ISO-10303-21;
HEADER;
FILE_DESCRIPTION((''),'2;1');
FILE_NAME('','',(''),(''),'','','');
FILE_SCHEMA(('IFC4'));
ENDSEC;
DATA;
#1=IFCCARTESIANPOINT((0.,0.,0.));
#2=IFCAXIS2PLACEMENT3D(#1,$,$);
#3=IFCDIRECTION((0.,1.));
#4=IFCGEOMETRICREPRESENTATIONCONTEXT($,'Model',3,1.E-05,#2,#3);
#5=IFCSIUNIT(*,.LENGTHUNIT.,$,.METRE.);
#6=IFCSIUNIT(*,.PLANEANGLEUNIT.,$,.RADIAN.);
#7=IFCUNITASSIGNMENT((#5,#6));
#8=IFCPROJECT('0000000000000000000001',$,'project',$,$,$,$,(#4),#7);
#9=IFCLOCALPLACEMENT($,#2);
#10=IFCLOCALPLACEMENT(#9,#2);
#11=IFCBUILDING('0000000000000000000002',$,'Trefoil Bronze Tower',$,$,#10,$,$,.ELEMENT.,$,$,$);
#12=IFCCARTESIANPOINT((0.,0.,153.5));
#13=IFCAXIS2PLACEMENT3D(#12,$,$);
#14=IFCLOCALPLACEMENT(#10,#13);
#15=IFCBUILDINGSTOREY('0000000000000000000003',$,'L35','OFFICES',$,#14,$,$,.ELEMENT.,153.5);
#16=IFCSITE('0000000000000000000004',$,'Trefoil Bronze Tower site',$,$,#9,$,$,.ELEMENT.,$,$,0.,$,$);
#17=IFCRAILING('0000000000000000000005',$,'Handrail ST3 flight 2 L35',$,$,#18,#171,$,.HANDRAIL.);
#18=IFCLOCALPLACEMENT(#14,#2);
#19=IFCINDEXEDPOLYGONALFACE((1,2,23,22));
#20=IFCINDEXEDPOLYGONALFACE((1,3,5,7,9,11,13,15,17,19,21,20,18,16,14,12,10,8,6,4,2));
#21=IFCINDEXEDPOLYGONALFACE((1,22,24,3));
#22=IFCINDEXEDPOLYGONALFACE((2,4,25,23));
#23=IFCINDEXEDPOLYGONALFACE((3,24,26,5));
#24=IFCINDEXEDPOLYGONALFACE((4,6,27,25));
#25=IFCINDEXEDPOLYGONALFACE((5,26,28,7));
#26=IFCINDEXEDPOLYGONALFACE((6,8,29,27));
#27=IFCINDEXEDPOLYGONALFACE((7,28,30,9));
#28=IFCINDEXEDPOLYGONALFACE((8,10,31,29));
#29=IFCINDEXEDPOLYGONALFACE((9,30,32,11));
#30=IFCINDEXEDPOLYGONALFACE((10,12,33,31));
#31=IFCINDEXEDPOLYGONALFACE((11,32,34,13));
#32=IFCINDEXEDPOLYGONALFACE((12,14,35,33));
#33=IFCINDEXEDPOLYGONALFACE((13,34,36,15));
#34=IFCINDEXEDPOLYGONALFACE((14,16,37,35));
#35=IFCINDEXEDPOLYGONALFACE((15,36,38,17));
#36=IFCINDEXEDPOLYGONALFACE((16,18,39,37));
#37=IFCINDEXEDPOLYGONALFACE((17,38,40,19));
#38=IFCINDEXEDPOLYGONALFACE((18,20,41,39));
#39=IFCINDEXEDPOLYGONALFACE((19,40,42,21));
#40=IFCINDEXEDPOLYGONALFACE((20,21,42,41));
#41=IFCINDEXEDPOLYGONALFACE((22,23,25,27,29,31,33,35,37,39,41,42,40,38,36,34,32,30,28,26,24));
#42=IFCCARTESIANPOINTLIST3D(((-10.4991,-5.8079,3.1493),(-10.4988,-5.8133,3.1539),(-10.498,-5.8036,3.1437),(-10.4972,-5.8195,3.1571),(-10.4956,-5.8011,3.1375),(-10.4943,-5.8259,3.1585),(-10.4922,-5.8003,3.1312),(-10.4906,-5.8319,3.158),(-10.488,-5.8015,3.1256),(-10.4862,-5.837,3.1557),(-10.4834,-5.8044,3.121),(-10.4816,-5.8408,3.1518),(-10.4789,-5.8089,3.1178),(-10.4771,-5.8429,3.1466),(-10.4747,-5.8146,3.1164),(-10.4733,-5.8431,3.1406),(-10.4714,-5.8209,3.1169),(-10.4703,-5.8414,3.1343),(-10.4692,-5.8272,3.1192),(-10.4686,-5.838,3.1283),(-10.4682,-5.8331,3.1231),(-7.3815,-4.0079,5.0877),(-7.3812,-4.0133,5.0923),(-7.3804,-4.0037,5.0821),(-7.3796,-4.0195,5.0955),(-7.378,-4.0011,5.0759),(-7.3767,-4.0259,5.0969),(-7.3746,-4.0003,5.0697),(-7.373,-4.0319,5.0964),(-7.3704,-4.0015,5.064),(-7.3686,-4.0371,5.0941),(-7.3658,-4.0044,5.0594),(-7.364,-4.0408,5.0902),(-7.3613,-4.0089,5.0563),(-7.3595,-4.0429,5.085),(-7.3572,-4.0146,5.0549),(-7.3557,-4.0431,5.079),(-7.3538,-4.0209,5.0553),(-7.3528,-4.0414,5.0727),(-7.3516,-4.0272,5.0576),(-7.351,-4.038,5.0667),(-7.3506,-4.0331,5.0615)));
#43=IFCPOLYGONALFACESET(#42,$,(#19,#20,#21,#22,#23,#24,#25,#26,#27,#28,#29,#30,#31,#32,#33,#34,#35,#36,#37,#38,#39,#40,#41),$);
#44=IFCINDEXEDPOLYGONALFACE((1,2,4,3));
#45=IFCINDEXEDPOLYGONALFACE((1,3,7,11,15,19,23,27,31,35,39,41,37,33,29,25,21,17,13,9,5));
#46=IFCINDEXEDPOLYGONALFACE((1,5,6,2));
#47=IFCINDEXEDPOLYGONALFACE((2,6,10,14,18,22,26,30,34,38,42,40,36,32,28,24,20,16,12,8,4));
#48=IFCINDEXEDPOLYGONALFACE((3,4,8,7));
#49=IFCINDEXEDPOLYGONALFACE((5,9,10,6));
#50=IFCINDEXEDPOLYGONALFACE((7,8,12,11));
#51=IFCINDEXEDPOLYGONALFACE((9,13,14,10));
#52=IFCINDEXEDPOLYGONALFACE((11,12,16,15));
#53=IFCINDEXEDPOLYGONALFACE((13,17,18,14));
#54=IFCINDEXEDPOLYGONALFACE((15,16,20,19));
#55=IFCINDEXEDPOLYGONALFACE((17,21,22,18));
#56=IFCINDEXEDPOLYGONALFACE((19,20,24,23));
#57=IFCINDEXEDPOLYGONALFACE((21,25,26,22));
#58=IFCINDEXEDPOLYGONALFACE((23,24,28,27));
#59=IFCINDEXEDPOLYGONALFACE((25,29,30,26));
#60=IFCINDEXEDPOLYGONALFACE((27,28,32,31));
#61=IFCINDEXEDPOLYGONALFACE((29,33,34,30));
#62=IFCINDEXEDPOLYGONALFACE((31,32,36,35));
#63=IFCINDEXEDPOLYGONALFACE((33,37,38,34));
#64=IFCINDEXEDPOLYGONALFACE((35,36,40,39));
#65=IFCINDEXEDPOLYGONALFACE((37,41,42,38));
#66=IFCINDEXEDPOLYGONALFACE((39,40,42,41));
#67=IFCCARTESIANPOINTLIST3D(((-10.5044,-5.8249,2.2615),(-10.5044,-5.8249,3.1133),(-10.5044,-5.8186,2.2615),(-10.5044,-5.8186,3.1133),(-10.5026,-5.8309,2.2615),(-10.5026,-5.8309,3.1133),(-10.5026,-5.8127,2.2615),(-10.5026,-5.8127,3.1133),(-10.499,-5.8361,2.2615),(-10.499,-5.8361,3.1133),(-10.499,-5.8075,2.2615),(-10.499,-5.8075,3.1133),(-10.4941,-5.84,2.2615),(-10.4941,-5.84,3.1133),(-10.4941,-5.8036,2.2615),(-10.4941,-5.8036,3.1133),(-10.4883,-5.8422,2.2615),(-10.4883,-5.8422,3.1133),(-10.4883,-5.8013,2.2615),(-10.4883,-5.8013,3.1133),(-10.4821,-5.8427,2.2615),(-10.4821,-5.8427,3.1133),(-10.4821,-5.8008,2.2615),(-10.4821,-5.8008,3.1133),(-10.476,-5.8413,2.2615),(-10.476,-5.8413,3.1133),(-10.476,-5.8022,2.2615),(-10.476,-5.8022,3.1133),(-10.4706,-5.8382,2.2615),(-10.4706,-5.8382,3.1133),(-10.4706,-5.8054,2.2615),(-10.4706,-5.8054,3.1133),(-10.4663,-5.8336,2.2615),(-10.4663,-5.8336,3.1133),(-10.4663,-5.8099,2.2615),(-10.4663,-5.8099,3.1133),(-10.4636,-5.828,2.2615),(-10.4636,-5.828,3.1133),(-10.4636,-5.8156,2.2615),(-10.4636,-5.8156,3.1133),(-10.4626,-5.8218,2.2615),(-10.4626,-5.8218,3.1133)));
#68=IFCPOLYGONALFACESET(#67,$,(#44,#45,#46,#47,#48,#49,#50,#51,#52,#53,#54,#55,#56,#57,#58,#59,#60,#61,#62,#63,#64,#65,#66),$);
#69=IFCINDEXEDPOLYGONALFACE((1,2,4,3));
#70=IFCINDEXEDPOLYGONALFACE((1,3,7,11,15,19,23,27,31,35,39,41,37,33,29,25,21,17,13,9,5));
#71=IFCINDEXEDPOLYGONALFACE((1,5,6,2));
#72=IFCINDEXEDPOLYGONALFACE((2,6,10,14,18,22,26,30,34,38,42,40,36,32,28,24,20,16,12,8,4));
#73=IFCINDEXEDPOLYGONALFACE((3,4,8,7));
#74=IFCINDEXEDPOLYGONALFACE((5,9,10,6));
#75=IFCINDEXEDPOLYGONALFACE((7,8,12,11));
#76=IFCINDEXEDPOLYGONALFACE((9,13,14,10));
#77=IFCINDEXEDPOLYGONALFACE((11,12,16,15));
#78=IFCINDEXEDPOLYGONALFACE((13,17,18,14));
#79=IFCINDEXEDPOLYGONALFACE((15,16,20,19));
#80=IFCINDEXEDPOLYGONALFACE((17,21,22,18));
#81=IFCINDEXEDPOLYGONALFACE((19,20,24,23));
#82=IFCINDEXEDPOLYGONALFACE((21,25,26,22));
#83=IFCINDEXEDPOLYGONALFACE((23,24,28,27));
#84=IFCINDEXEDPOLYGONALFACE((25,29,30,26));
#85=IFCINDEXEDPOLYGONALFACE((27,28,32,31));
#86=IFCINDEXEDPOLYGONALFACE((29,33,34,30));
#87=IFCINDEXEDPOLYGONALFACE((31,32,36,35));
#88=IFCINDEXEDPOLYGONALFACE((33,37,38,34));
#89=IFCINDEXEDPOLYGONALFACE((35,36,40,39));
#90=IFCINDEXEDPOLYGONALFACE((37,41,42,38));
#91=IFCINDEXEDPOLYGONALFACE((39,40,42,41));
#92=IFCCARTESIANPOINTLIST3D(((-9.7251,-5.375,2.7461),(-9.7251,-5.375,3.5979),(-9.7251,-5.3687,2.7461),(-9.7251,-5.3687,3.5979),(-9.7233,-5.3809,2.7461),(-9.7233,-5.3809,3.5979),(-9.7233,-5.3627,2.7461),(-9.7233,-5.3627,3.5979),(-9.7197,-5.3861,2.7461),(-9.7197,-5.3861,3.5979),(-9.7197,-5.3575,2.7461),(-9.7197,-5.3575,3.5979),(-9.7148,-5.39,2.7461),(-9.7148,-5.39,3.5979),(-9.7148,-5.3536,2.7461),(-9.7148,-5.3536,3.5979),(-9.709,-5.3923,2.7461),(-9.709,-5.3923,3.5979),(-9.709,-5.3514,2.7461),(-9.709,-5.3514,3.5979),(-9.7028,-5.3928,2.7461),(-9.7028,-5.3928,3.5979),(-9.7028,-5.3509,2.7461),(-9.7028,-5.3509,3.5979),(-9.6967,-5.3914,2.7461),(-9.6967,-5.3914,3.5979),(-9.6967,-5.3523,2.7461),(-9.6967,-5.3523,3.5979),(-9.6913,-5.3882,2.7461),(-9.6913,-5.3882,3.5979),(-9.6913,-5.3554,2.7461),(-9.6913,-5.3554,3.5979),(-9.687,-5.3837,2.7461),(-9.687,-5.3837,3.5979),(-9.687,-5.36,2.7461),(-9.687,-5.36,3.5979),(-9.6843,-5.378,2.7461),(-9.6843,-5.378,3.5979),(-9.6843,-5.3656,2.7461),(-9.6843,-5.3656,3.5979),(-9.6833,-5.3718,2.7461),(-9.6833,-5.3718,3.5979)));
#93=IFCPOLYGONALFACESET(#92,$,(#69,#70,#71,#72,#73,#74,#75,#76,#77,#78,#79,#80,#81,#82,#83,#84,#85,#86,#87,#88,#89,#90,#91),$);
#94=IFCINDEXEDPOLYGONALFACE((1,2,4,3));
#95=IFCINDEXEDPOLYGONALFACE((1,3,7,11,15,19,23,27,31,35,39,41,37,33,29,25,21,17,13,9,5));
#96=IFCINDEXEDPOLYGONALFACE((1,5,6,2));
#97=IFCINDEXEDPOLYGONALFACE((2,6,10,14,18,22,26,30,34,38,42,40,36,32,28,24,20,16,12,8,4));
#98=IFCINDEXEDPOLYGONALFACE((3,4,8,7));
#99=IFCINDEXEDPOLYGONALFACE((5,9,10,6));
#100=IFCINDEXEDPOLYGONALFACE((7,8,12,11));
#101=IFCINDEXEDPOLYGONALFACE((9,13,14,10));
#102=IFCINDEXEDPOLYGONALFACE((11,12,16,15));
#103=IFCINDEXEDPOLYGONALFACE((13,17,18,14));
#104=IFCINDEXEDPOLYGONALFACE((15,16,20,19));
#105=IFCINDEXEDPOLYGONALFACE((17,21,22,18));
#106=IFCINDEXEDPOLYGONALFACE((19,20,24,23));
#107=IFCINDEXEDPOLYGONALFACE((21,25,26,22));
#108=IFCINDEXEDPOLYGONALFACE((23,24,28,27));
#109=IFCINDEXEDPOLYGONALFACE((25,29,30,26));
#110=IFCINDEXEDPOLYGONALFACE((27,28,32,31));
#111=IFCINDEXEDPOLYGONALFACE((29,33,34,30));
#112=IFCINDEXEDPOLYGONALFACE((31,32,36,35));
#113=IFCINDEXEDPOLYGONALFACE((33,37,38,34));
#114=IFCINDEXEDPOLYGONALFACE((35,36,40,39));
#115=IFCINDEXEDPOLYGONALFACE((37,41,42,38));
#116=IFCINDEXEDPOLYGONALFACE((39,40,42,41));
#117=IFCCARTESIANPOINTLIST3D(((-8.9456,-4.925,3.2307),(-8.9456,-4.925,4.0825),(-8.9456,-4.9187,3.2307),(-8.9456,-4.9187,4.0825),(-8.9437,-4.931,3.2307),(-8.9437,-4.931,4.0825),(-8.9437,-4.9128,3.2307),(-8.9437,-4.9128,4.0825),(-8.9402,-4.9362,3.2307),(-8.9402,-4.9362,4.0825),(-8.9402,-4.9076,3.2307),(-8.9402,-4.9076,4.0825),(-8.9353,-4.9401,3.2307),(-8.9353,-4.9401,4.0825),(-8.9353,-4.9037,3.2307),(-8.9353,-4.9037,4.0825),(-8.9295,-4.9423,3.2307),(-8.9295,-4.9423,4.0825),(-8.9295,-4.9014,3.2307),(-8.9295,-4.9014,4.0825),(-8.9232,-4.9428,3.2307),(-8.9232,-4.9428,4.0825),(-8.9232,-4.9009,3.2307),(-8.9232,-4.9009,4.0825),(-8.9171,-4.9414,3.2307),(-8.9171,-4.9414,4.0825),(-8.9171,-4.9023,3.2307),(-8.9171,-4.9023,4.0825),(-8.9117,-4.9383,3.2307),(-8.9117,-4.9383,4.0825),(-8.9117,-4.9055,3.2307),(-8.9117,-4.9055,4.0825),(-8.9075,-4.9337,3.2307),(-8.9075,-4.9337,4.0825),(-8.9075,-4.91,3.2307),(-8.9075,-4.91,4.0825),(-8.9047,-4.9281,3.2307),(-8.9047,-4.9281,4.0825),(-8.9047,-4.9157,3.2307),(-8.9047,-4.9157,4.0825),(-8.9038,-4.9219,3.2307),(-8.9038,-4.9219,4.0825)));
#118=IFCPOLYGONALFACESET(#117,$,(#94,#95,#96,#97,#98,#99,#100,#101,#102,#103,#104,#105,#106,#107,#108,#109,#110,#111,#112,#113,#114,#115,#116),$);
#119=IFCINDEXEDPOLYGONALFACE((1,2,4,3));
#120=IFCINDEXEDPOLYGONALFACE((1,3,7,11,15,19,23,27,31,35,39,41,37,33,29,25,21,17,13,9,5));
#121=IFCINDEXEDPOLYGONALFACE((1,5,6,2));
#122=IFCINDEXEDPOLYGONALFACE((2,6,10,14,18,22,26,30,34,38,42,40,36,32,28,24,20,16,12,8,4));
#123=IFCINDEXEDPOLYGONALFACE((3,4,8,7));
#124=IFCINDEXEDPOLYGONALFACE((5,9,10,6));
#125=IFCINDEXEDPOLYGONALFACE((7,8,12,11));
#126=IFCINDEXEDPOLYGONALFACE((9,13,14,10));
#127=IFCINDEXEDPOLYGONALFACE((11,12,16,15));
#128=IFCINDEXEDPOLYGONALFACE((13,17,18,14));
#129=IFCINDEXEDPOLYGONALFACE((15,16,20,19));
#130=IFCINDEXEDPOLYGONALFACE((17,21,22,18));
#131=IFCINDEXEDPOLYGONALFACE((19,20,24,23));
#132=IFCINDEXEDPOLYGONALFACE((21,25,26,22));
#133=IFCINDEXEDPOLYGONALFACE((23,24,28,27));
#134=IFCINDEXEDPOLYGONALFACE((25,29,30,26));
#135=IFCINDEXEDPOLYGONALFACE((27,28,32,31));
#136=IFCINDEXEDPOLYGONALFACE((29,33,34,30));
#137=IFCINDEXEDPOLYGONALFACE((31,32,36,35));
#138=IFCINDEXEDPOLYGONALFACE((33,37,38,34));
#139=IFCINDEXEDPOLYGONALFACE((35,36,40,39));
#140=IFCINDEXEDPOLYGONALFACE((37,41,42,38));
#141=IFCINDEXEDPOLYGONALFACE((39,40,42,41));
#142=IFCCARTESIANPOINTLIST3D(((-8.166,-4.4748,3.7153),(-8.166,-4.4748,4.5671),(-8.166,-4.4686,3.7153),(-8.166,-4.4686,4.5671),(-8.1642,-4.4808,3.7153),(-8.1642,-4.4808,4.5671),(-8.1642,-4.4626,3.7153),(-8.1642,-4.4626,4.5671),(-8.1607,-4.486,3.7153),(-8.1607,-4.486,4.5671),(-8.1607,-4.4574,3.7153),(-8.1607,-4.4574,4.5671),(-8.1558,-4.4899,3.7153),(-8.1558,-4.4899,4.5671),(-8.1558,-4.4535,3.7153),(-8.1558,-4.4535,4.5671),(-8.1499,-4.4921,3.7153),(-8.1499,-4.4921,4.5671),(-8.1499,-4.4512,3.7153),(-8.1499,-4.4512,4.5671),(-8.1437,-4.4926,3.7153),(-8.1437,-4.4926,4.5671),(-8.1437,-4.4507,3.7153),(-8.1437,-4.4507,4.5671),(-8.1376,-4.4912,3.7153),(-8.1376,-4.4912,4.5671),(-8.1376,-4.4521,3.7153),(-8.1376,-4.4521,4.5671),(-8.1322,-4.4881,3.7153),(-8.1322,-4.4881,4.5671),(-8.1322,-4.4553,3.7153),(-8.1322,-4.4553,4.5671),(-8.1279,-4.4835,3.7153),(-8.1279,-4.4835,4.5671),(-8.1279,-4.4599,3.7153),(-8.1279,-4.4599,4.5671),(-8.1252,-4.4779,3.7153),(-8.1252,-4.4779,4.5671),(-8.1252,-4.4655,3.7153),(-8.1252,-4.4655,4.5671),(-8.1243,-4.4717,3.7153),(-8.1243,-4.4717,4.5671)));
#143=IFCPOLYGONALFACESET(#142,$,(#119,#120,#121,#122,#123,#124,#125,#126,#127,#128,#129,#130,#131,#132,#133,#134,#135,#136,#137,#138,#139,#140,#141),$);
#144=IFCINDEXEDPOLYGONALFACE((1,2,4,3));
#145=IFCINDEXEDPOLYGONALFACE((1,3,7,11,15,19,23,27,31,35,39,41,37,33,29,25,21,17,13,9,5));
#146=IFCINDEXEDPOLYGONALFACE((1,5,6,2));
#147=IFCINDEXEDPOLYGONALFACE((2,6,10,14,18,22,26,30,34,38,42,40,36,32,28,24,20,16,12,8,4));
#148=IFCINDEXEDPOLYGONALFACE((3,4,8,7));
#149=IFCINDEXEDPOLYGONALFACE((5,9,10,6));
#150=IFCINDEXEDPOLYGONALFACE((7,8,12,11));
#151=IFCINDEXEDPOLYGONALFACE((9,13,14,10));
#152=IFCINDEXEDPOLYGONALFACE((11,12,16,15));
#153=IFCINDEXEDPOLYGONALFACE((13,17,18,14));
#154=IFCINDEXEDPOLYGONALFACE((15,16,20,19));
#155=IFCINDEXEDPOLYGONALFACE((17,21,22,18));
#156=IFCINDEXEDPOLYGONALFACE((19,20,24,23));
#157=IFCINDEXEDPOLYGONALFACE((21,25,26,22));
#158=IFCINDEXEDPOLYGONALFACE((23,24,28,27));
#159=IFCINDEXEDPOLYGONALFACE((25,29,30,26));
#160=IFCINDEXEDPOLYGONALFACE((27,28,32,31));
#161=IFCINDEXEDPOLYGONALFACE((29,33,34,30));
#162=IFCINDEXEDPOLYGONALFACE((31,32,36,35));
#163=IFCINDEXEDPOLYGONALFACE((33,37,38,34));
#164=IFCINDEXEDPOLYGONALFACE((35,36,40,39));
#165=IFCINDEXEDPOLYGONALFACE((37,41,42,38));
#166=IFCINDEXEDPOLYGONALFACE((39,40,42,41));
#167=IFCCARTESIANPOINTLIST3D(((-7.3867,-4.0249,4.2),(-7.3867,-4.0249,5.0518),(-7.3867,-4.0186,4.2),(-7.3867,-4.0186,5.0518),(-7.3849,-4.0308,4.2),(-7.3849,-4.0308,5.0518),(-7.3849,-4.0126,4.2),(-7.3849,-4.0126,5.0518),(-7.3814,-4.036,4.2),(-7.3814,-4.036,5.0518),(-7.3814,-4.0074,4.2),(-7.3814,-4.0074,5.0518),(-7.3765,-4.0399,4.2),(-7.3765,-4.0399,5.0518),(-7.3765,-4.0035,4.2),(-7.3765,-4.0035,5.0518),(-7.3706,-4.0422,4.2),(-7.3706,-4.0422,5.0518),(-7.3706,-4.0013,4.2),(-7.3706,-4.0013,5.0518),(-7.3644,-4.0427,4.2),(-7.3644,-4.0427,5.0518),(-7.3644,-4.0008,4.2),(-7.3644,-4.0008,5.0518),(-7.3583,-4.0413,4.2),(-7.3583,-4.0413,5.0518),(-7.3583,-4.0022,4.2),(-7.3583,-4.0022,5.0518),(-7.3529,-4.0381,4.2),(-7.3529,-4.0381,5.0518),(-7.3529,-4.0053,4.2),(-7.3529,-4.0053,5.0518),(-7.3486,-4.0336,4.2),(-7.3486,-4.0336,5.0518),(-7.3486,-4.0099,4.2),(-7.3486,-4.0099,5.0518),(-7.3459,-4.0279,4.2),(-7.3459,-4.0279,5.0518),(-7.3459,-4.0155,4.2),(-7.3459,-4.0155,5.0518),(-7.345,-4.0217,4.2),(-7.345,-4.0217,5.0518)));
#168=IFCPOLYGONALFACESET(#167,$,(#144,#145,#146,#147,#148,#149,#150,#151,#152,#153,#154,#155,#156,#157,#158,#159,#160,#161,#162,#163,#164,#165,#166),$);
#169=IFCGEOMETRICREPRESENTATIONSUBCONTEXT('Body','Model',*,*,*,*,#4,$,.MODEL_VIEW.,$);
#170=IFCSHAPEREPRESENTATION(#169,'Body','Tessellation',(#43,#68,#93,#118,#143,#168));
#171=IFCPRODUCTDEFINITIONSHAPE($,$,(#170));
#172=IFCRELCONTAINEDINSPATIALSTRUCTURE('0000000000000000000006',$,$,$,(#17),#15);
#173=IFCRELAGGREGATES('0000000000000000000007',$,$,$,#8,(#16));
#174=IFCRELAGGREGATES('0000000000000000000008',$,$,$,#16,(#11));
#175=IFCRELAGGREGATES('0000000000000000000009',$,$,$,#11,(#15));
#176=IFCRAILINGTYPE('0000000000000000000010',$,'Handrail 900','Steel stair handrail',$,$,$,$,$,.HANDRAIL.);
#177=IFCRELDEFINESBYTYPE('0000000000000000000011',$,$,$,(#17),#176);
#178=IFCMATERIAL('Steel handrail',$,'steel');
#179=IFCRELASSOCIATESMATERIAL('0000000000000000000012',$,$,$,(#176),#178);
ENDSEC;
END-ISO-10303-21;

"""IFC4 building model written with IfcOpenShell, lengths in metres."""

from ifc_helpers import new_model, si_unit, direction, frame, origin, origin_2d, place, context, subcontext, project, spatial, circle, extrude, material, type_object, element, save


model = new_model("IFC4")

# Units and contexts
model_context = context("Model", 3, precision=1e-05, world=origin(), true_north=direction((0.0, 1.0)))
body_context = subcontext(model_context, "Body", "Model", "MODEL_VIEW")
ifc_project = project(units=[si_unit("LENGTHUNIT", "METRE"), si_unit("PLANEANGLEUNIT", "RADIAN")], contexts=[model_context])

# Site, building, storey
site_placement = place(None, origin())
site = spatial("IfcSite", under=ifc_project, at=site_placement, Name="Trefoil Bronze Tower site", CompositionType="ELEMENT", RefElevation=0.0)
building_placement = place(site_placement, origin())
building = spatial("IfcBuilding", under=site, at=building_placement, Name="Trefoil Bronze Tower", CompositionType="ELEMENT")
storey_placement = place(building_placement, frame((0.0, 0.0, 153.5)))
storey = spatial("IfcBuildingStorey", under=building, at=storey_placement, Name="L35", Description="OFFICES", CompositionType="ELEMENT", Elevation=153.5)

# Railing
ifc_material_1 = material(Name="Steel handrail", Category="steel")
railing_type = type_object("IfcRailingType", Name="Handrail 900", Description="Steel stair handrail", PredefinedType="HANDRAIL", material=ifc_material_1)
railing_1_placement = place(storey_placement, frame((-10.4836, -5.8218, 2.2615)))
element("IfcRailing", 1, at=railing_1_placement, inside=storey, type_object=railing_type, Name="Handrail ST3 flight 2 L35", PredefinedType="HANDRAIL", context=body_context, shape_type="SweptSolid", body=[
    extrude(circle(Radius=0.0239, at=origin_2d()), frame((0.0, 0.0, 0.876), z_axis=(0.762503, 0.440246, 0.474102), x_axis=(-0.500012, 0.866018, 0.0)), (0.0, 0.0, 1.0), 4.0886),
    extrude(circle(Radius=0.021, at=origin_2d()), origin(), (0.0, 0.0, 1.0), 0.8518),
    extrude(circle(Radius=0.021, at=origin_2d()), frame((0.7793, 0.45, 0.4846)), (0.0, 0.0, 1.0), 0.8518),
    extrude(circle(Radius=0.021, at=origin_2d()), frame((1.5588, 0.8999, 0.9692)), (0.0, 0.0, 1.0), 0.8518),
    extrude(circle(Radius=0.021, at=origin_2d()), frame((2.3384, 1.3501, 1.4539)), (0.0, 0.0, 1.0), 0.8518),
    extrude(circle(Radius=0.021, at=origin_2d()), frame((3.1177, 1.8, 1.9385)), (0.0, 0.0, 1.0), 0.8518),
])

save(model, "model.ifc")
